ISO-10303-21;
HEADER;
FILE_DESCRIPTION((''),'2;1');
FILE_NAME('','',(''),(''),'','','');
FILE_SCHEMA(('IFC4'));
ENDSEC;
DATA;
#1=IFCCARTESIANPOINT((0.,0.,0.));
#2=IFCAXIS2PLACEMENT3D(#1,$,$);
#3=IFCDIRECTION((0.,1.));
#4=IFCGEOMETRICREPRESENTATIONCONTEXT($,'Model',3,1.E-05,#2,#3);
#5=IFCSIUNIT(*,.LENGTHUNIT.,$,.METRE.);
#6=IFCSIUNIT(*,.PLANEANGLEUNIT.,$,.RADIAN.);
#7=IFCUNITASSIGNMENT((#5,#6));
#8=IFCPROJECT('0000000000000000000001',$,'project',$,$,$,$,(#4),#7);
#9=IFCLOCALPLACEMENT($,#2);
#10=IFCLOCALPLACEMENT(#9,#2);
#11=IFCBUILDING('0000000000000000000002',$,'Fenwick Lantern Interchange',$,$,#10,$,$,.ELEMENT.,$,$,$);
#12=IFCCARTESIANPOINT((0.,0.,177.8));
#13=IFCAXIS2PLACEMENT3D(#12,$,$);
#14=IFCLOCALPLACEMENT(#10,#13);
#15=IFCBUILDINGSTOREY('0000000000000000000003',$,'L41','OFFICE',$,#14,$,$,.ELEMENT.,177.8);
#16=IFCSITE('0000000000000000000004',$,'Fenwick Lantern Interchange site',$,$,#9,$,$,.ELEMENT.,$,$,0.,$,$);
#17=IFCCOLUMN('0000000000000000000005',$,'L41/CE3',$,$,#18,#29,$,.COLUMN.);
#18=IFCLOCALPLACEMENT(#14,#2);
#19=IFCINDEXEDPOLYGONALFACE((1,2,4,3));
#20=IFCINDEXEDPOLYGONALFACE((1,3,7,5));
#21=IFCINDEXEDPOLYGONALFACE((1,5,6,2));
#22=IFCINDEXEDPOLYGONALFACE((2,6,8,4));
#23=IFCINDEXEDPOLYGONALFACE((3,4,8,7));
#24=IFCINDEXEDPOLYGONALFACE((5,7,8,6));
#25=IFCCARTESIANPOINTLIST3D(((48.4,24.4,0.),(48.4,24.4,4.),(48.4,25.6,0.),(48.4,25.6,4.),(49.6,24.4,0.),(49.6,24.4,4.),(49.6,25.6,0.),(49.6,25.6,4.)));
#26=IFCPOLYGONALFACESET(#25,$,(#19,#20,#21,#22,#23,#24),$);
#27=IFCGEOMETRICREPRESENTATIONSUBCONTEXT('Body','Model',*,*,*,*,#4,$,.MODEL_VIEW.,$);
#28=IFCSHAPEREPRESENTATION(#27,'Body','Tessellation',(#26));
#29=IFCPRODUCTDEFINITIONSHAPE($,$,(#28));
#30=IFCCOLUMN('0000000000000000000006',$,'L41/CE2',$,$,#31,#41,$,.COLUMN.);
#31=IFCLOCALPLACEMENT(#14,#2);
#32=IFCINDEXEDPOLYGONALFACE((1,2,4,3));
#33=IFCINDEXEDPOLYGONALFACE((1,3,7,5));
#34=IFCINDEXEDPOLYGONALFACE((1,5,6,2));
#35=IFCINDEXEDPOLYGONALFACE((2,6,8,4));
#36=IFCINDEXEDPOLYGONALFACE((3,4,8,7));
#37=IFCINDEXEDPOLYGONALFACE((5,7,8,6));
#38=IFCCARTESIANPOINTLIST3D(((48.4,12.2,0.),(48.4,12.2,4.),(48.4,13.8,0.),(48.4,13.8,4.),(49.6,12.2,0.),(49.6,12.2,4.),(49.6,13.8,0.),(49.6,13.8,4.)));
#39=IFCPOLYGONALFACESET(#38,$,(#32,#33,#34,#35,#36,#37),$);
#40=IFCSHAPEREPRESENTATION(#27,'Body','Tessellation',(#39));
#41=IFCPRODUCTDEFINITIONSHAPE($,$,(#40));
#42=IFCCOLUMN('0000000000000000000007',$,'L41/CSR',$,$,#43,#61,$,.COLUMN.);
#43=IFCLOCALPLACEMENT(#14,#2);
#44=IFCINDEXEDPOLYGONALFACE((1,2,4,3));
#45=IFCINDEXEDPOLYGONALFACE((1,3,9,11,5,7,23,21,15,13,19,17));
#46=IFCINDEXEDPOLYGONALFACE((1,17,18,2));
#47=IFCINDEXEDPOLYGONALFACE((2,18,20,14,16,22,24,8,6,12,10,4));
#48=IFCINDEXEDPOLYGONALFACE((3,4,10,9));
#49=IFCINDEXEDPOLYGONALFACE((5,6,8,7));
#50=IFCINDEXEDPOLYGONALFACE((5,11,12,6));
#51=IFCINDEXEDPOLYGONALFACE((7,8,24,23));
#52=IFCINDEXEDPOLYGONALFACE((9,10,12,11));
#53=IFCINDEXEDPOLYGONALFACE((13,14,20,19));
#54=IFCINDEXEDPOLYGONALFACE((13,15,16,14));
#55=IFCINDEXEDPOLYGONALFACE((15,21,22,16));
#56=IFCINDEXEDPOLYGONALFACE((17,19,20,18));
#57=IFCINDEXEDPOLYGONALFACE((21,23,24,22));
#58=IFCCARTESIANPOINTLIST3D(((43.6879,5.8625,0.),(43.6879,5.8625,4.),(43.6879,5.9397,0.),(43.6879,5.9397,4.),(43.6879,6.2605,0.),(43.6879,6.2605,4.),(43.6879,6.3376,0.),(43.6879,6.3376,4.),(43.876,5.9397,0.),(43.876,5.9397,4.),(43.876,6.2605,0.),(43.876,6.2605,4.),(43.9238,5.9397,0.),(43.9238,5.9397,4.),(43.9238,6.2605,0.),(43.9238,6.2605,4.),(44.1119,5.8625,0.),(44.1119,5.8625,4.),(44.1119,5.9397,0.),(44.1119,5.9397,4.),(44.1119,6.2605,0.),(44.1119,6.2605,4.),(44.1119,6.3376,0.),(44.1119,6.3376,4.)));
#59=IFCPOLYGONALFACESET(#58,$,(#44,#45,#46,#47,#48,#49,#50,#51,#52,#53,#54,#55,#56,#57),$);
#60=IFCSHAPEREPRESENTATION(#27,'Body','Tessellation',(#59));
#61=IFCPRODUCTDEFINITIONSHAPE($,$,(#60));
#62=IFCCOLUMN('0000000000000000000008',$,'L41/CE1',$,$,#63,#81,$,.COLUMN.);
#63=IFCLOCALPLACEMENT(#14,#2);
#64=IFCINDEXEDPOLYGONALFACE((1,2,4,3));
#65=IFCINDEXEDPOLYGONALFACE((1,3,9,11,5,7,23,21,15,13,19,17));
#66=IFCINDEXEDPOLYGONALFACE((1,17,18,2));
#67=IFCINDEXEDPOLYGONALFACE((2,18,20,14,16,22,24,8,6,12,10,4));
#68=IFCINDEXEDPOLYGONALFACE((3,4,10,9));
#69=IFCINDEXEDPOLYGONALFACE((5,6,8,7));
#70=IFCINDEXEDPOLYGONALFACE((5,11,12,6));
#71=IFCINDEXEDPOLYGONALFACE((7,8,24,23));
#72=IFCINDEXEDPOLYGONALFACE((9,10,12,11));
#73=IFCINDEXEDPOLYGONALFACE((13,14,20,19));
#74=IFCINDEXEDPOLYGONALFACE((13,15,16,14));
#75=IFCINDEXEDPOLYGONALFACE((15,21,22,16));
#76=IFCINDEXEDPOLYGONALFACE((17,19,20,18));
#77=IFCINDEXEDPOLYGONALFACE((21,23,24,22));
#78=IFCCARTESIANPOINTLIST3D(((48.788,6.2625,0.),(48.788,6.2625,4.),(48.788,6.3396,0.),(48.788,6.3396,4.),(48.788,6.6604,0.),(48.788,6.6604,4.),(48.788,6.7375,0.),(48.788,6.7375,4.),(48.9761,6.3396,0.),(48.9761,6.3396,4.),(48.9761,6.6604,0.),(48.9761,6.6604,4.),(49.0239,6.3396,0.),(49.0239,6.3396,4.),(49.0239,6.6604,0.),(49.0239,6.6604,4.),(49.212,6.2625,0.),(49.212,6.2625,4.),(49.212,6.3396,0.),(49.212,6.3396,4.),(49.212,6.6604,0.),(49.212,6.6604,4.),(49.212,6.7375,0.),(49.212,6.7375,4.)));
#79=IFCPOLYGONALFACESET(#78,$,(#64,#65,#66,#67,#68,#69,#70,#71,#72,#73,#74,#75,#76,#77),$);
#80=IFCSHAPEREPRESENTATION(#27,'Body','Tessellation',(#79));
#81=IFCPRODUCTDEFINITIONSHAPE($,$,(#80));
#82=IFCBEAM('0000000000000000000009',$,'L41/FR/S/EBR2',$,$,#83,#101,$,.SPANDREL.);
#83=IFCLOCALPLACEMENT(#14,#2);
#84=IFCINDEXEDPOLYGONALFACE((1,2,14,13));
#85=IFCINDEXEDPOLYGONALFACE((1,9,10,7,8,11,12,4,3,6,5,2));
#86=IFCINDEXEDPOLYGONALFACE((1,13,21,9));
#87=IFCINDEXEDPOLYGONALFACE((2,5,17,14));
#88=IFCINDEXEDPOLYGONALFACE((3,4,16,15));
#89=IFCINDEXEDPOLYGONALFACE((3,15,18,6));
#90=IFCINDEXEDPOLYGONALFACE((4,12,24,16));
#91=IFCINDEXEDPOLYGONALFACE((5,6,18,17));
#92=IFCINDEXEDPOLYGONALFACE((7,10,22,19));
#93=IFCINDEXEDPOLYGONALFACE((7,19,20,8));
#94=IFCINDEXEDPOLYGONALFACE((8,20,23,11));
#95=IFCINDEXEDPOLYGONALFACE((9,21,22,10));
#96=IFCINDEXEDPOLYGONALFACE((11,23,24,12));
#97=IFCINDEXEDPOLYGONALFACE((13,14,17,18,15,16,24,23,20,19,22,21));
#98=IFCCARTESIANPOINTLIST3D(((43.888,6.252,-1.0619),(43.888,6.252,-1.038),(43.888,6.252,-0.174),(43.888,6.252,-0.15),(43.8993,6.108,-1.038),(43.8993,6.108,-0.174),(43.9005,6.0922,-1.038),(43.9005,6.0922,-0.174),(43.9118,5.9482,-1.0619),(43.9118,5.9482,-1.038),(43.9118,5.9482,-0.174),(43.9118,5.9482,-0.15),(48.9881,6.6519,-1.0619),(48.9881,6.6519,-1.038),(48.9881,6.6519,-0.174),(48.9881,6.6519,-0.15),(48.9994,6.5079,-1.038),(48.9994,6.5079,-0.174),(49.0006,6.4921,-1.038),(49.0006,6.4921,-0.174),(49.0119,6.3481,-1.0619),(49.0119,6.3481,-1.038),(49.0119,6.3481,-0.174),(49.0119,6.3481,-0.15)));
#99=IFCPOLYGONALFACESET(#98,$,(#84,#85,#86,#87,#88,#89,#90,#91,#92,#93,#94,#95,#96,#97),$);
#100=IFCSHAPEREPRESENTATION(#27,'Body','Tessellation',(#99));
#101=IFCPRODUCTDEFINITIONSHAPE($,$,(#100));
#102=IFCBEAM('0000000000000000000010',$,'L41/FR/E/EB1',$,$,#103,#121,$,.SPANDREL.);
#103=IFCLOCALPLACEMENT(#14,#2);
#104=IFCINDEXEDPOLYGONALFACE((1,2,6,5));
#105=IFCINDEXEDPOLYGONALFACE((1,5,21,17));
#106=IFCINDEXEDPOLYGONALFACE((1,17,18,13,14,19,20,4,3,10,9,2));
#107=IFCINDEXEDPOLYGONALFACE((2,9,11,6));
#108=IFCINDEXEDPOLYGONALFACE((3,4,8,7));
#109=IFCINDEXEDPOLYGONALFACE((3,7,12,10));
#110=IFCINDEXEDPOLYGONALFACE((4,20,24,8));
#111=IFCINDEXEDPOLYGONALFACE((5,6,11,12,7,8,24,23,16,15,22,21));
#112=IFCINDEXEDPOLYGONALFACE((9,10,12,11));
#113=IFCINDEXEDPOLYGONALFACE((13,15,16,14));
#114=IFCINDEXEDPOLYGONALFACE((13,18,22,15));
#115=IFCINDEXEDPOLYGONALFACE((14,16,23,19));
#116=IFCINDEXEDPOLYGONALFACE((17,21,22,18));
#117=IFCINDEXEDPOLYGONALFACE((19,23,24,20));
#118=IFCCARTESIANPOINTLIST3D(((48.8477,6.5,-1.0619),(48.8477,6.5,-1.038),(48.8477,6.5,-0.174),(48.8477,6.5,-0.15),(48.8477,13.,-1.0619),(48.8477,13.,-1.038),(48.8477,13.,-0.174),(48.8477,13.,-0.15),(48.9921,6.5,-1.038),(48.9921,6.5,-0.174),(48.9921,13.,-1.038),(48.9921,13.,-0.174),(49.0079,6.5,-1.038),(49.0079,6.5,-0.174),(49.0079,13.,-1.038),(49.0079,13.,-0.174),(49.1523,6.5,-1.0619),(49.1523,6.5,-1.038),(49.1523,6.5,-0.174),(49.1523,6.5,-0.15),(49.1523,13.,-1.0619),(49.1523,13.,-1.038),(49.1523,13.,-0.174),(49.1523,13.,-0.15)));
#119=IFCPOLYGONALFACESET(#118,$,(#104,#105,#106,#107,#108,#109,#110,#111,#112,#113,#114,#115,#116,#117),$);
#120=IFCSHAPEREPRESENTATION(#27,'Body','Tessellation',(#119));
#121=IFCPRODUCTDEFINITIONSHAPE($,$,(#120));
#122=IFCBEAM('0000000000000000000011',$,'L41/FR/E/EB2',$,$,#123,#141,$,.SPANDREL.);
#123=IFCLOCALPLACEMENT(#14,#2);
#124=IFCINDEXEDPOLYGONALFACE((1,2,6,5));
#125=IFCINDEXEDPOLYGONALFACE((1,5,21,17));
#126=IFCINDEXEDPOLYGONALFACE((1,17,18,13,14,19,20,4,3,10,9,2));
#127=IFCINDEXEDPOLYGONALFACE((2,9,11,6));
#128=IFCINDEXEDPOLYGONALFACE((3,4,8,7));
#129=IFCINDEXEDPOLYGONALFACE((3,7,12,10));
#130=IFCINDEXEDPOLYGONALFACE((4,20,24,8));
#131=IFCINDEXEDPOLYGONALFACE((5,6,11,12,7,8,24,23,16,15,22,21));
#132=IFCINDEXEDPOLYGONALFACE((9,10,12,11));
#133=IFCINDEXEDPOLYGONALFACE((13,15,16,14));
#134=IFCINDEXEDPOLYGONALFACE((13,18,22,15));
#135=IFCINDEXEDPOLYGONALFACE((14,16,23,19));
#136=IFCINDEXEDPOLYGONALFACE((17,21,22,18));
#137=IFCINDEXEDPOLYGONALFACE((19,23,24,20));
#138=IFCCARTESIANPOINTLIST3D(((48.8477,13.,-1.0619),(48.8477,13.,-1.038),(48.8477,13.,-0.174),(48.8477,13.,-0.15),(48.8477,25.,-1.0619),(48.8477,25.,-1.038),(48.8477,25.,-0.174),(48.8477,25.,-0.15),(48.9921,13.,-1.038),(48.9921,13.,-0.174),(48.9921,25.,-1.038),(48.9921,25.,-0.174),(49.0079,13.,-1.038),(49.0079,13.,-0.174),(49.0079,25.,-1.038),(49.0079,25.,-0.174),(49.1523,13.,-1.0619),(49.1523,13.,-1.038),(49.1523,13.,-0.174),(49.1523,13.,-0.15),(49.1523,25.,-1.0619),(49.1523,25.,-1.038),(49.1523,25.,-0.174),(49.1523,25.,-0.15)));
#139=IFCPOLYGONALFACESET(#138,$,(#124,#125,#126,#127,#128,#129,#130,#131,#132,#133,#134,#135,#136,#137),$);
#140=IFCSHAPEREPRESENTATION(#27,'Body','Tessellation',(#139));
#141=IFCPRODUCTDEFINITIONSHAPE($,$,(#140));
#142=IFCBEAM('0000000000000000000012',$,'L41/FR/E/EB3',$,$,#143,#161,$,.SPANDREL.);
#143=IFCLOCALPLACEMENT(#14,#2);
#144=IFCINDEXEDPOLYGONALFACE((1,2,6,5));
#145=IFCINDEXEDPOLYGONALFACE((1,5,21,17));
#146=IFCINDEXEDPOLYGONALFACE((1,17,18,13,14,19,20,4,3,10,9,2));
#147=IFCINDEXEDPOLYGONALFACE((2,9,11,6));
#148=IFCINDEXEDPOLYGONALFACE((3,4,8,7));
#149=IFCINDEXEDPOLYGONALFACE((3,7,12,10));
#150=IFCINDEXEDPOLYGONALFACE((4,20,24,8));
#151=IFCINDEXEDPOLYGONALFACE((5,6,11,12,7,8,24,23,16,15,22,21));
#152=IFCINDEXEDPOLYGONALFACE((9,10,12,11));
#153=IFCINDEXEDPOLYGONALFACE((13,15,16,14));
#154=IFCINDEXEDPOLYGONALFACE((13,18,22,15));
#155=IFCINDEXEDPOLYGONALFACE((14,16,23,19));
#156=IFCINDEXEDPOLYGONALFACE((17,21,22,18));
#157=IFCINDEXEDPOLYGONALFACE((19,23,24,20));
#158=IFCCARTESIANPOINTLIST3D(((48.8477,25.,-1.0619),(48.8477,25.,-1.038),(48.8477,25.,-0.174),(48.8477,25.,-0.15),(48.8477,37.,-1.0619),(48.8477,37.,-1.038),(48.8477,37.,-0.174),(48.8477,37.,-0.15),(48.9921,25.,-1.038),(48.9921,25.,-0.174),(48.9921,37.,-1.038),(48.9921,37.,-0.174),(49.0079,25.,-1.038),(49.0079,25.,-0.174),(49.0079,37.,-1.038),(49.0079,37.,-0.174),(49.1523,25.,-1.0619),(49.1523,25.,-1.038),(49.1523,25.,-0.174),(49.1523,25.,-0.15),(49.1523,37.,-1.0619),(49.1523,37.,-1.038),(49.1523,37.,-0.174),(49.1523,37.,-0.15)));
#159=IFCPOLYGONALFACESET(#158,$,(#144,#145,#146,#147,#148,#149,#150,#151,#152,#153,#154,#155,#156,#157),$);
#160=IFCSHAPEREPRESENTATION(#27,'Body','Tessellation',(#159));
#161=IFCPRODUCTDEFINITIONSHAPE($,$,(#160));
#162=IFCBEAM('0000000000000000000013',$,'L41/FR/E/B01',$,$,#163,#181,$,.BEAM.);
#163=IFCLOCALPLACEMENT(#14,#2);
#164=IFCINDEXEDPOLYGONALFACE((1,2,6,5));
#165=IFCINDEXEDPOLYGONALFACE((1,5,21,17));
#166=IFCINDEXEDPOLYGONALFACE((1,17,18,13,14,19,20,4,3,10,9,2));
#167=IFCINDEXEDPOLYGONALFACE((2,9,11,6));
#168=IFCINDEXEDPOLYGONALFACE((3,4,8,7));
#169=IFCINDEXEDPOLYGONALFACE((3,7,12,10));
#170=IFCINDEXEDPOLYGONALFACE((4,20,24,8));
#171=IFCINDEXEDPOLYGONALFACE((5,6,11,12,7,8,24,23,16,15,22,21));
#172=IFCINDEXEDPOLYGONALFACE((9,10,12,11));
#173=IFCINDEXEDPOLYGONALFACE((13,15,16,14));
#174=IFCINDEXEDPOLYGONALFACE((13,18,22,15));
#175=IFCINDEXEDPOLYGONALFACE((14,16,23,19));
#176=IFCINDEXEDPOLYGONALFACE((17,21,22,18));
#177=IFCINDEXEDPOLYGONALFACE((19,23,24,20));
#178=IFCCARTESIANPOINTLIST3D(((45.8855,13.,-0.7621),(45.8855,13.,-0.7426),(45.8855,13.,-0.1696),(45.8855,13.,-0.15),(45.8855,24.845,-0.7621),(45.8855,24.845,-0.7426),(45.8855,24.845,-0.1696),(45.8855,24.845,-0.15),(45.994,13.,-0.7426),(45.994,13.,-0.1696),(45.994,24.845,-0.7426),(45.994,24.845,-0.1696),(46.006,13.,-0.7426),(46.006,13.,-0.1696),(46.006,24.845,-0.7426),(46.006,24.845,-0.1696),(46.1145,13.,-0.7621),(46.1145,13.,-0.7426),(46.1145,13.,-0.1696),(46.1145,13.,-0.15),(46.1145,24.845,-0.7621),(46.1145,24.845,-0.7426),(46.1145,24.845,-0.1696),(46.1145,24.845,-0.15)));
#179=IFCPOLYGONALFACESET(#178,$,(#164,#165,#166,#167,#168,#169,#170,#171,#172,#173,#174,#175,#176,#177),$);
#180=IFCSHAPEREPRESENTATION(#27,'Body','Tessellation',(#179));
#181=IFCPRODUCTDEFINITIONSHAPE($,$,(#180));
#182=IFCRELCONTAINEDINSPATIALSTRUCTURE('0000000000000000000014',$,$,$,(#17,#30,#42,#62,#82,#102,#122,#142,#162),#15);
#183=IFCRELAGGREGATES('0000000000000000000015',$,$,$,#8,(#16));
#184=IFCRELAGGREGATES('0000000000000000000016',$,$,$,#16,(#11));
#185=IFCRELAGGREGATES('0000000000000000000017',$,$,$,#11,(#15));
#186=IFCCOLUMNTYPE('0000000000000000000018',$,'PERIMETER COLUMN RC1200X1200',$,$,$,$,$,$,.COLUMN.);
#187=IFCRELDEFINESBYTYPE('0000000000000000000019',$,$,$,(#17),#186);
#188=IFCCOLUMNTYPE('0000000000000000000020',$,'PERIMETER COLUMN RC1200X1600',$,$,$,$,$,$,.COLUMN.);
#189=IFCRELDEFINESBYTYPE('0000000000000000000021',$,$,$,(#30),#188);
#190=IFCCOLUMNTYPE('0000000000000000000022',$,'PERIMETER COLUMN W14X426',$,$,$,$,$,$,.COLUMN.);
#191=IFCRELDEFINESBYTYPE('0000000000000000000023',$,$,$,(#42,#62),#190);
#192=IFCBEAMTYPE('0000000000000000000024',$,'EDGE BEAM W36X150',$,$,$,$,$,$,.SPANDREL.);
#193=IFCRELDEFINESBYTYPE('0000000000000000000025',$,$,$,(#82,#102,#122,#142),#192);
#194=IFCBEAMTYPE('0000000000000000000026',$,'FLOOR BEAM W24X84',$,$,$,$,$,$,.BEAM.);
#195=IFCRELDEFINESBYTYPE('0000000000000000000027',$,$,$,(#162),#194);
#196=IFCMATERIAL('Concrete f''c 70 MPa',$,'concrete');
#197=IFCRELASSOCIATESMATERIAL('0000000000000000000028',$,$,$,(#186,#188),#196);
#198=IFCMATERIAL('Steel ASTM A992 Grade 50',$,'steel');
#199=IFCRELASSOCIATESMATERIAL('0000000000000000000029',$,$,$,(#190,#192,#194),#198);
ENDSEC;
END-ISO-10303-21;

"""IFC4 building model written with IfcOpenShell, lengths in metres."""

from ifc_helpers import new_model, si_unit, direction, frame, origin, origin_2d, place, context, subcontext, project, spatial, rectangle, i_section, extrude, material, material_profile, profile_set, type_object, element, save


model = new_model("IFC4")

# Units and contexts
model_context = context("Model", 3, precision=1e-05, world=origin(), true_north=direction((0.0, 1.0)))
body_context = subcontext(model_context, "Body", "Model", "MODEL_VIEW")
ifc_project = project(units=[si_unit("LENGTHUNIT", "METRE"), si_unit("PLANEANGLEUNIT", "RADIAN")], contexts=[model_context])

# Site, building, storey
site_placement = place(None, origin())
site = spatial("IfcSite", under=ifc_project, at=site_placement, Name="Fenwick Lantern Interchange site", CompositionType="ELEMENT", RefElevation=0.0)
building_placement = place(site_placement, origin())
building = spatial("IfcBuilding", under=site, at=building_placement, Name="Fenwick Lantern Interchange", CompositionType="ELEMENT")
storey_placement = place(building_placement, frame((0.0, 0.0, 177.8)))
storey = spatial("IfcBuildingStorey", under=building, at=storey_placement, Name="L41", Description="OFFICE", CompositionType="ELEMENT", Elevation=177.8)

# Columns
ifc_material_1 = material(Name="Concrete f'c 70 MPa", Category="concrete")
ifc_material_profile_1 = material_profile(ifc_material_1, rectangle(XDim=1.2, YDim=1.2, at=origin_2d()), Name="RC1200X1200")
ifc_profile_set_1 = profile_set([ifc_material_profile_1], Name="Concrete f'c 70 MPa")
column_type_1 = type_object("IfcColumnType", Name="PERIMETER COLUMN RC1200X1200", PredefinedType="COLUMN", material=ifc_profile_set_1)
column_1_placement = place(storey_placement, frame((49.0, 25.0, 0.0), z_axis=(0.0, 0.0, 1.0), x_axis=(1.0, 0.0, 0.0)))
element("IfcColumn", 1, at=column_1_placement, inside=storey, type_object=column_type_1, Name="L41/CE3", PredefinedType="COLUMN", context=body_context, shape_type="SweptSolid", body=[
    extrude(rectangle(XDim=1.2, YDim=1.2, at=origin_2d()), origin(), (0.0, 0.0, 1.0), 4.0),
])
ifc_material_profile_2 = material_profile(ifc_material_1, rectangle(XDim=1.2, YDim=1.6001, at=origin_2d()), Name="RC1200X1600")
ifc_profile_set_2 = profile_set([ifc_material_profile_2], Name="Concrete f'c 70 MPa")
column_type_2 = type_object("IfcColumnType", Name="PERIMETER COLUMN RC1200X1600", PredefinedType="COLUMN", material=ifc_profile_set_2)
column_2_placement = place(storey_placement, frame((49.0, 13.0, 0.0), z_axis=(0.0, 0.0, 1.0), x_axis=(1.0, 0.0, 0.0)))
element("IfcColumn", 2, at=column_2_placement, inside=storey, type_object=column_type_2, Name="L41/CE2", PredefinedType="COLUMN", context=body_context, shape_type="SweptSolid", body=[
    extrude(rectangle(XDim=1.2, YDim=1.6001, at=origin_2d()), origin(), (0.0, 0.0, 1.0), 4.0),
])
ifc_material_2 = material(Name="Steel ASTM A992 Grade 50", Category="steel")
ifc_material_profile_3 = material_profile(ifc_material_2, i_section(OverallWidth=0.4241, OverallDepth=0.4751, WebThickness=0.0479, FlangeThickness=0.0771, at=origin_2d()), Name="W14X426")
ifc_profile_set_3 = profile_set([ifc_material_profile_3], Name="Steel ASTM A992 Grade 50")
column_type_3 = type_object("IfcColumnType", Name="PERIMETER COLUMN W14X426", PredefinedType="COLUMN", material=ifc_profile_set_3)
for number, where, z_axis, x_axis, name in (
    (3, (43.8999, 6.1001, 0.0), (0.0, 0.0, 1.0), (1.0, 0.0, 0.0), "L41/CSR"),
    (4, (49.0, 6.5, 0.0), (0.0, 0.0, 1.0), (1.0, 0.0, 0.0), "L41/CE1"),
):
    element("IfcColumn", number, at=place(storey_placement, frame(where, z_axis=z_axis, x_axis=x_axis)), inside=storey, type_object=column_type_3, Name=name, PredefinedType="COLUMN", context=body_context, shape_type="SweptSolid", body=[
        extrude(i_section(OverallWidth=0.4241, OverallDepth=0.4751, WebThickness=0.0479, FlangeThickness=0.0771, at=origin_2d()), origin(), (0.0, 0.0, 1.0), 4.0),
    ])

# Beams
ifc_material_profile_4 = material_profile(ifc_material_2, i_section(OverallWidth=0.3047, OverallDepth=0.9119, WebThickness=0.0159, FlangeThickness=0.0239, at=origin_2d()), Name="W36X150")
ifc_profile_set_4 = profile_set([ifc_material_profile_4], Name="Steel ASTM A992 Grade 50")
beam_type_1 = type_object("IfcBeamType", Name="EDGE BEAM W36X150", PredefinedType="SPANDREL", material=ifc_profile_set_4)
beam_1_placement = place(storey_placement, frame((43.8999, 6.1001, -0.606), z_axis=(0.99694, 0.078171, 0.0), x_axis=(-0.078171, 0.99694, 0.0)))
element("IfcBeam", 5, at=beam_1_placement, inside=storey, type_object=beam_type_1, Name="L41/FR/S/EBR2", PredefinedType="SPANDREL", context=body_context, shape_type="SweptSolid", body=[
    extrude(i_section(OverallWidth=0.3047, OverallDepth=0.9119, WebThickness=0.0159, FlangeThickness=0.0239, at=origin_2d()), origin(), (0.0, 0.0, 1.0), 5.1157),
])
beam_2_placement = place(storey_placement, frame((49.0, 6.5, -0.606), z_axis=(0.0, 1.0, 0.0), x_axis=(-1.0, 0.0, 0.0)))
element("IfcBeam", 6, at=beam_2_placement, inside=storey, type_object=beam_type_1, Name="L41/FR/E/EB1", PredefinedType="SPANDREL", context=body_context, shape_type="SweptSolid", body=[
    extrude(i_section(OverallWidth=0.3047, OverallDepth=0.9119, WebThickness=0.0159, FlangeThickness=0.0239, at=origin_2d()), origin(), (0.0, 0.0, 1.0), 6.5),
])
for number, where, z_axis, x_axis, name in (
    (7, (49.0, 13.0, -0.606), (0.0, 1.0, 0.0), (-1.0, 0.0, 0.0), "L41/FR/E/EB2"),
    (8, (49.0, 25.0, -0.606), (0.0, 1.0, 0.0), (-1.0, 0.0, 0.0), "L41/FR/E/EB3"),
):
    element("IfcBeam", number, at=place(storey_placement, frame(where, z_axis=z_axis, x_axis=x_axis)), inside=storey, type_object=beam_type_1, Name=name, PredefinedType="SPANDREL", context=body_context, shape_type="SweptSolid", body=[
        extrude(i_section(OverallWidth=0.3047, OverallDepth=0.9119, WebThickness=0.0159, FlangeThickness=0.0239, at=origin_2d()), origin(), (0.0, 0.0, 1.0), 12.0),
    ])
ifc_material_profile_5 = material_profile(ifc_material_2, i_section(OverallWidth=0.229, OverallDepth=0.6121, WebThickness=0.012, FlangeThickness=0.0195, at=origin_2d()), Name="W24X84")
ifc_profile_set_5 = profile_set([ifc_material_profile_5], Name="Steel ASTM A992 Grade 50")
beam_type_2 = type_object("IfcBeamType", Name="FLOOR BEAM W24X84", PredefinedType="BEAM", material=ifc_profile_set_5)
for number, where, z_axis, x_axis, name in (
    (9, (46.0, 13.0, -0.4561), (0.0, 1.0, 0.0), (-1.0, 0.0, 0.0), "L41/FR/E/B01"),
):
    element("IfcBeam", number, at=place(storey_placement, frame(where, z_axis=z_axis, x_axis=x_axis)), inside=storey, type_object=beam_type_2, Name=name, PredefinedType="BEAM", context=body_context, shape_type="SweptSolid", body=[
        extrude(i_section(OverallWidth=0.229, OverallDepth=0.6121, WebThickness=0.012, FlangeThickness=0.0195, at=origin_2d()), origin(), (0.0, 0.0, 1.0), 11.845),
    ])

save(model, "model.ifc")
